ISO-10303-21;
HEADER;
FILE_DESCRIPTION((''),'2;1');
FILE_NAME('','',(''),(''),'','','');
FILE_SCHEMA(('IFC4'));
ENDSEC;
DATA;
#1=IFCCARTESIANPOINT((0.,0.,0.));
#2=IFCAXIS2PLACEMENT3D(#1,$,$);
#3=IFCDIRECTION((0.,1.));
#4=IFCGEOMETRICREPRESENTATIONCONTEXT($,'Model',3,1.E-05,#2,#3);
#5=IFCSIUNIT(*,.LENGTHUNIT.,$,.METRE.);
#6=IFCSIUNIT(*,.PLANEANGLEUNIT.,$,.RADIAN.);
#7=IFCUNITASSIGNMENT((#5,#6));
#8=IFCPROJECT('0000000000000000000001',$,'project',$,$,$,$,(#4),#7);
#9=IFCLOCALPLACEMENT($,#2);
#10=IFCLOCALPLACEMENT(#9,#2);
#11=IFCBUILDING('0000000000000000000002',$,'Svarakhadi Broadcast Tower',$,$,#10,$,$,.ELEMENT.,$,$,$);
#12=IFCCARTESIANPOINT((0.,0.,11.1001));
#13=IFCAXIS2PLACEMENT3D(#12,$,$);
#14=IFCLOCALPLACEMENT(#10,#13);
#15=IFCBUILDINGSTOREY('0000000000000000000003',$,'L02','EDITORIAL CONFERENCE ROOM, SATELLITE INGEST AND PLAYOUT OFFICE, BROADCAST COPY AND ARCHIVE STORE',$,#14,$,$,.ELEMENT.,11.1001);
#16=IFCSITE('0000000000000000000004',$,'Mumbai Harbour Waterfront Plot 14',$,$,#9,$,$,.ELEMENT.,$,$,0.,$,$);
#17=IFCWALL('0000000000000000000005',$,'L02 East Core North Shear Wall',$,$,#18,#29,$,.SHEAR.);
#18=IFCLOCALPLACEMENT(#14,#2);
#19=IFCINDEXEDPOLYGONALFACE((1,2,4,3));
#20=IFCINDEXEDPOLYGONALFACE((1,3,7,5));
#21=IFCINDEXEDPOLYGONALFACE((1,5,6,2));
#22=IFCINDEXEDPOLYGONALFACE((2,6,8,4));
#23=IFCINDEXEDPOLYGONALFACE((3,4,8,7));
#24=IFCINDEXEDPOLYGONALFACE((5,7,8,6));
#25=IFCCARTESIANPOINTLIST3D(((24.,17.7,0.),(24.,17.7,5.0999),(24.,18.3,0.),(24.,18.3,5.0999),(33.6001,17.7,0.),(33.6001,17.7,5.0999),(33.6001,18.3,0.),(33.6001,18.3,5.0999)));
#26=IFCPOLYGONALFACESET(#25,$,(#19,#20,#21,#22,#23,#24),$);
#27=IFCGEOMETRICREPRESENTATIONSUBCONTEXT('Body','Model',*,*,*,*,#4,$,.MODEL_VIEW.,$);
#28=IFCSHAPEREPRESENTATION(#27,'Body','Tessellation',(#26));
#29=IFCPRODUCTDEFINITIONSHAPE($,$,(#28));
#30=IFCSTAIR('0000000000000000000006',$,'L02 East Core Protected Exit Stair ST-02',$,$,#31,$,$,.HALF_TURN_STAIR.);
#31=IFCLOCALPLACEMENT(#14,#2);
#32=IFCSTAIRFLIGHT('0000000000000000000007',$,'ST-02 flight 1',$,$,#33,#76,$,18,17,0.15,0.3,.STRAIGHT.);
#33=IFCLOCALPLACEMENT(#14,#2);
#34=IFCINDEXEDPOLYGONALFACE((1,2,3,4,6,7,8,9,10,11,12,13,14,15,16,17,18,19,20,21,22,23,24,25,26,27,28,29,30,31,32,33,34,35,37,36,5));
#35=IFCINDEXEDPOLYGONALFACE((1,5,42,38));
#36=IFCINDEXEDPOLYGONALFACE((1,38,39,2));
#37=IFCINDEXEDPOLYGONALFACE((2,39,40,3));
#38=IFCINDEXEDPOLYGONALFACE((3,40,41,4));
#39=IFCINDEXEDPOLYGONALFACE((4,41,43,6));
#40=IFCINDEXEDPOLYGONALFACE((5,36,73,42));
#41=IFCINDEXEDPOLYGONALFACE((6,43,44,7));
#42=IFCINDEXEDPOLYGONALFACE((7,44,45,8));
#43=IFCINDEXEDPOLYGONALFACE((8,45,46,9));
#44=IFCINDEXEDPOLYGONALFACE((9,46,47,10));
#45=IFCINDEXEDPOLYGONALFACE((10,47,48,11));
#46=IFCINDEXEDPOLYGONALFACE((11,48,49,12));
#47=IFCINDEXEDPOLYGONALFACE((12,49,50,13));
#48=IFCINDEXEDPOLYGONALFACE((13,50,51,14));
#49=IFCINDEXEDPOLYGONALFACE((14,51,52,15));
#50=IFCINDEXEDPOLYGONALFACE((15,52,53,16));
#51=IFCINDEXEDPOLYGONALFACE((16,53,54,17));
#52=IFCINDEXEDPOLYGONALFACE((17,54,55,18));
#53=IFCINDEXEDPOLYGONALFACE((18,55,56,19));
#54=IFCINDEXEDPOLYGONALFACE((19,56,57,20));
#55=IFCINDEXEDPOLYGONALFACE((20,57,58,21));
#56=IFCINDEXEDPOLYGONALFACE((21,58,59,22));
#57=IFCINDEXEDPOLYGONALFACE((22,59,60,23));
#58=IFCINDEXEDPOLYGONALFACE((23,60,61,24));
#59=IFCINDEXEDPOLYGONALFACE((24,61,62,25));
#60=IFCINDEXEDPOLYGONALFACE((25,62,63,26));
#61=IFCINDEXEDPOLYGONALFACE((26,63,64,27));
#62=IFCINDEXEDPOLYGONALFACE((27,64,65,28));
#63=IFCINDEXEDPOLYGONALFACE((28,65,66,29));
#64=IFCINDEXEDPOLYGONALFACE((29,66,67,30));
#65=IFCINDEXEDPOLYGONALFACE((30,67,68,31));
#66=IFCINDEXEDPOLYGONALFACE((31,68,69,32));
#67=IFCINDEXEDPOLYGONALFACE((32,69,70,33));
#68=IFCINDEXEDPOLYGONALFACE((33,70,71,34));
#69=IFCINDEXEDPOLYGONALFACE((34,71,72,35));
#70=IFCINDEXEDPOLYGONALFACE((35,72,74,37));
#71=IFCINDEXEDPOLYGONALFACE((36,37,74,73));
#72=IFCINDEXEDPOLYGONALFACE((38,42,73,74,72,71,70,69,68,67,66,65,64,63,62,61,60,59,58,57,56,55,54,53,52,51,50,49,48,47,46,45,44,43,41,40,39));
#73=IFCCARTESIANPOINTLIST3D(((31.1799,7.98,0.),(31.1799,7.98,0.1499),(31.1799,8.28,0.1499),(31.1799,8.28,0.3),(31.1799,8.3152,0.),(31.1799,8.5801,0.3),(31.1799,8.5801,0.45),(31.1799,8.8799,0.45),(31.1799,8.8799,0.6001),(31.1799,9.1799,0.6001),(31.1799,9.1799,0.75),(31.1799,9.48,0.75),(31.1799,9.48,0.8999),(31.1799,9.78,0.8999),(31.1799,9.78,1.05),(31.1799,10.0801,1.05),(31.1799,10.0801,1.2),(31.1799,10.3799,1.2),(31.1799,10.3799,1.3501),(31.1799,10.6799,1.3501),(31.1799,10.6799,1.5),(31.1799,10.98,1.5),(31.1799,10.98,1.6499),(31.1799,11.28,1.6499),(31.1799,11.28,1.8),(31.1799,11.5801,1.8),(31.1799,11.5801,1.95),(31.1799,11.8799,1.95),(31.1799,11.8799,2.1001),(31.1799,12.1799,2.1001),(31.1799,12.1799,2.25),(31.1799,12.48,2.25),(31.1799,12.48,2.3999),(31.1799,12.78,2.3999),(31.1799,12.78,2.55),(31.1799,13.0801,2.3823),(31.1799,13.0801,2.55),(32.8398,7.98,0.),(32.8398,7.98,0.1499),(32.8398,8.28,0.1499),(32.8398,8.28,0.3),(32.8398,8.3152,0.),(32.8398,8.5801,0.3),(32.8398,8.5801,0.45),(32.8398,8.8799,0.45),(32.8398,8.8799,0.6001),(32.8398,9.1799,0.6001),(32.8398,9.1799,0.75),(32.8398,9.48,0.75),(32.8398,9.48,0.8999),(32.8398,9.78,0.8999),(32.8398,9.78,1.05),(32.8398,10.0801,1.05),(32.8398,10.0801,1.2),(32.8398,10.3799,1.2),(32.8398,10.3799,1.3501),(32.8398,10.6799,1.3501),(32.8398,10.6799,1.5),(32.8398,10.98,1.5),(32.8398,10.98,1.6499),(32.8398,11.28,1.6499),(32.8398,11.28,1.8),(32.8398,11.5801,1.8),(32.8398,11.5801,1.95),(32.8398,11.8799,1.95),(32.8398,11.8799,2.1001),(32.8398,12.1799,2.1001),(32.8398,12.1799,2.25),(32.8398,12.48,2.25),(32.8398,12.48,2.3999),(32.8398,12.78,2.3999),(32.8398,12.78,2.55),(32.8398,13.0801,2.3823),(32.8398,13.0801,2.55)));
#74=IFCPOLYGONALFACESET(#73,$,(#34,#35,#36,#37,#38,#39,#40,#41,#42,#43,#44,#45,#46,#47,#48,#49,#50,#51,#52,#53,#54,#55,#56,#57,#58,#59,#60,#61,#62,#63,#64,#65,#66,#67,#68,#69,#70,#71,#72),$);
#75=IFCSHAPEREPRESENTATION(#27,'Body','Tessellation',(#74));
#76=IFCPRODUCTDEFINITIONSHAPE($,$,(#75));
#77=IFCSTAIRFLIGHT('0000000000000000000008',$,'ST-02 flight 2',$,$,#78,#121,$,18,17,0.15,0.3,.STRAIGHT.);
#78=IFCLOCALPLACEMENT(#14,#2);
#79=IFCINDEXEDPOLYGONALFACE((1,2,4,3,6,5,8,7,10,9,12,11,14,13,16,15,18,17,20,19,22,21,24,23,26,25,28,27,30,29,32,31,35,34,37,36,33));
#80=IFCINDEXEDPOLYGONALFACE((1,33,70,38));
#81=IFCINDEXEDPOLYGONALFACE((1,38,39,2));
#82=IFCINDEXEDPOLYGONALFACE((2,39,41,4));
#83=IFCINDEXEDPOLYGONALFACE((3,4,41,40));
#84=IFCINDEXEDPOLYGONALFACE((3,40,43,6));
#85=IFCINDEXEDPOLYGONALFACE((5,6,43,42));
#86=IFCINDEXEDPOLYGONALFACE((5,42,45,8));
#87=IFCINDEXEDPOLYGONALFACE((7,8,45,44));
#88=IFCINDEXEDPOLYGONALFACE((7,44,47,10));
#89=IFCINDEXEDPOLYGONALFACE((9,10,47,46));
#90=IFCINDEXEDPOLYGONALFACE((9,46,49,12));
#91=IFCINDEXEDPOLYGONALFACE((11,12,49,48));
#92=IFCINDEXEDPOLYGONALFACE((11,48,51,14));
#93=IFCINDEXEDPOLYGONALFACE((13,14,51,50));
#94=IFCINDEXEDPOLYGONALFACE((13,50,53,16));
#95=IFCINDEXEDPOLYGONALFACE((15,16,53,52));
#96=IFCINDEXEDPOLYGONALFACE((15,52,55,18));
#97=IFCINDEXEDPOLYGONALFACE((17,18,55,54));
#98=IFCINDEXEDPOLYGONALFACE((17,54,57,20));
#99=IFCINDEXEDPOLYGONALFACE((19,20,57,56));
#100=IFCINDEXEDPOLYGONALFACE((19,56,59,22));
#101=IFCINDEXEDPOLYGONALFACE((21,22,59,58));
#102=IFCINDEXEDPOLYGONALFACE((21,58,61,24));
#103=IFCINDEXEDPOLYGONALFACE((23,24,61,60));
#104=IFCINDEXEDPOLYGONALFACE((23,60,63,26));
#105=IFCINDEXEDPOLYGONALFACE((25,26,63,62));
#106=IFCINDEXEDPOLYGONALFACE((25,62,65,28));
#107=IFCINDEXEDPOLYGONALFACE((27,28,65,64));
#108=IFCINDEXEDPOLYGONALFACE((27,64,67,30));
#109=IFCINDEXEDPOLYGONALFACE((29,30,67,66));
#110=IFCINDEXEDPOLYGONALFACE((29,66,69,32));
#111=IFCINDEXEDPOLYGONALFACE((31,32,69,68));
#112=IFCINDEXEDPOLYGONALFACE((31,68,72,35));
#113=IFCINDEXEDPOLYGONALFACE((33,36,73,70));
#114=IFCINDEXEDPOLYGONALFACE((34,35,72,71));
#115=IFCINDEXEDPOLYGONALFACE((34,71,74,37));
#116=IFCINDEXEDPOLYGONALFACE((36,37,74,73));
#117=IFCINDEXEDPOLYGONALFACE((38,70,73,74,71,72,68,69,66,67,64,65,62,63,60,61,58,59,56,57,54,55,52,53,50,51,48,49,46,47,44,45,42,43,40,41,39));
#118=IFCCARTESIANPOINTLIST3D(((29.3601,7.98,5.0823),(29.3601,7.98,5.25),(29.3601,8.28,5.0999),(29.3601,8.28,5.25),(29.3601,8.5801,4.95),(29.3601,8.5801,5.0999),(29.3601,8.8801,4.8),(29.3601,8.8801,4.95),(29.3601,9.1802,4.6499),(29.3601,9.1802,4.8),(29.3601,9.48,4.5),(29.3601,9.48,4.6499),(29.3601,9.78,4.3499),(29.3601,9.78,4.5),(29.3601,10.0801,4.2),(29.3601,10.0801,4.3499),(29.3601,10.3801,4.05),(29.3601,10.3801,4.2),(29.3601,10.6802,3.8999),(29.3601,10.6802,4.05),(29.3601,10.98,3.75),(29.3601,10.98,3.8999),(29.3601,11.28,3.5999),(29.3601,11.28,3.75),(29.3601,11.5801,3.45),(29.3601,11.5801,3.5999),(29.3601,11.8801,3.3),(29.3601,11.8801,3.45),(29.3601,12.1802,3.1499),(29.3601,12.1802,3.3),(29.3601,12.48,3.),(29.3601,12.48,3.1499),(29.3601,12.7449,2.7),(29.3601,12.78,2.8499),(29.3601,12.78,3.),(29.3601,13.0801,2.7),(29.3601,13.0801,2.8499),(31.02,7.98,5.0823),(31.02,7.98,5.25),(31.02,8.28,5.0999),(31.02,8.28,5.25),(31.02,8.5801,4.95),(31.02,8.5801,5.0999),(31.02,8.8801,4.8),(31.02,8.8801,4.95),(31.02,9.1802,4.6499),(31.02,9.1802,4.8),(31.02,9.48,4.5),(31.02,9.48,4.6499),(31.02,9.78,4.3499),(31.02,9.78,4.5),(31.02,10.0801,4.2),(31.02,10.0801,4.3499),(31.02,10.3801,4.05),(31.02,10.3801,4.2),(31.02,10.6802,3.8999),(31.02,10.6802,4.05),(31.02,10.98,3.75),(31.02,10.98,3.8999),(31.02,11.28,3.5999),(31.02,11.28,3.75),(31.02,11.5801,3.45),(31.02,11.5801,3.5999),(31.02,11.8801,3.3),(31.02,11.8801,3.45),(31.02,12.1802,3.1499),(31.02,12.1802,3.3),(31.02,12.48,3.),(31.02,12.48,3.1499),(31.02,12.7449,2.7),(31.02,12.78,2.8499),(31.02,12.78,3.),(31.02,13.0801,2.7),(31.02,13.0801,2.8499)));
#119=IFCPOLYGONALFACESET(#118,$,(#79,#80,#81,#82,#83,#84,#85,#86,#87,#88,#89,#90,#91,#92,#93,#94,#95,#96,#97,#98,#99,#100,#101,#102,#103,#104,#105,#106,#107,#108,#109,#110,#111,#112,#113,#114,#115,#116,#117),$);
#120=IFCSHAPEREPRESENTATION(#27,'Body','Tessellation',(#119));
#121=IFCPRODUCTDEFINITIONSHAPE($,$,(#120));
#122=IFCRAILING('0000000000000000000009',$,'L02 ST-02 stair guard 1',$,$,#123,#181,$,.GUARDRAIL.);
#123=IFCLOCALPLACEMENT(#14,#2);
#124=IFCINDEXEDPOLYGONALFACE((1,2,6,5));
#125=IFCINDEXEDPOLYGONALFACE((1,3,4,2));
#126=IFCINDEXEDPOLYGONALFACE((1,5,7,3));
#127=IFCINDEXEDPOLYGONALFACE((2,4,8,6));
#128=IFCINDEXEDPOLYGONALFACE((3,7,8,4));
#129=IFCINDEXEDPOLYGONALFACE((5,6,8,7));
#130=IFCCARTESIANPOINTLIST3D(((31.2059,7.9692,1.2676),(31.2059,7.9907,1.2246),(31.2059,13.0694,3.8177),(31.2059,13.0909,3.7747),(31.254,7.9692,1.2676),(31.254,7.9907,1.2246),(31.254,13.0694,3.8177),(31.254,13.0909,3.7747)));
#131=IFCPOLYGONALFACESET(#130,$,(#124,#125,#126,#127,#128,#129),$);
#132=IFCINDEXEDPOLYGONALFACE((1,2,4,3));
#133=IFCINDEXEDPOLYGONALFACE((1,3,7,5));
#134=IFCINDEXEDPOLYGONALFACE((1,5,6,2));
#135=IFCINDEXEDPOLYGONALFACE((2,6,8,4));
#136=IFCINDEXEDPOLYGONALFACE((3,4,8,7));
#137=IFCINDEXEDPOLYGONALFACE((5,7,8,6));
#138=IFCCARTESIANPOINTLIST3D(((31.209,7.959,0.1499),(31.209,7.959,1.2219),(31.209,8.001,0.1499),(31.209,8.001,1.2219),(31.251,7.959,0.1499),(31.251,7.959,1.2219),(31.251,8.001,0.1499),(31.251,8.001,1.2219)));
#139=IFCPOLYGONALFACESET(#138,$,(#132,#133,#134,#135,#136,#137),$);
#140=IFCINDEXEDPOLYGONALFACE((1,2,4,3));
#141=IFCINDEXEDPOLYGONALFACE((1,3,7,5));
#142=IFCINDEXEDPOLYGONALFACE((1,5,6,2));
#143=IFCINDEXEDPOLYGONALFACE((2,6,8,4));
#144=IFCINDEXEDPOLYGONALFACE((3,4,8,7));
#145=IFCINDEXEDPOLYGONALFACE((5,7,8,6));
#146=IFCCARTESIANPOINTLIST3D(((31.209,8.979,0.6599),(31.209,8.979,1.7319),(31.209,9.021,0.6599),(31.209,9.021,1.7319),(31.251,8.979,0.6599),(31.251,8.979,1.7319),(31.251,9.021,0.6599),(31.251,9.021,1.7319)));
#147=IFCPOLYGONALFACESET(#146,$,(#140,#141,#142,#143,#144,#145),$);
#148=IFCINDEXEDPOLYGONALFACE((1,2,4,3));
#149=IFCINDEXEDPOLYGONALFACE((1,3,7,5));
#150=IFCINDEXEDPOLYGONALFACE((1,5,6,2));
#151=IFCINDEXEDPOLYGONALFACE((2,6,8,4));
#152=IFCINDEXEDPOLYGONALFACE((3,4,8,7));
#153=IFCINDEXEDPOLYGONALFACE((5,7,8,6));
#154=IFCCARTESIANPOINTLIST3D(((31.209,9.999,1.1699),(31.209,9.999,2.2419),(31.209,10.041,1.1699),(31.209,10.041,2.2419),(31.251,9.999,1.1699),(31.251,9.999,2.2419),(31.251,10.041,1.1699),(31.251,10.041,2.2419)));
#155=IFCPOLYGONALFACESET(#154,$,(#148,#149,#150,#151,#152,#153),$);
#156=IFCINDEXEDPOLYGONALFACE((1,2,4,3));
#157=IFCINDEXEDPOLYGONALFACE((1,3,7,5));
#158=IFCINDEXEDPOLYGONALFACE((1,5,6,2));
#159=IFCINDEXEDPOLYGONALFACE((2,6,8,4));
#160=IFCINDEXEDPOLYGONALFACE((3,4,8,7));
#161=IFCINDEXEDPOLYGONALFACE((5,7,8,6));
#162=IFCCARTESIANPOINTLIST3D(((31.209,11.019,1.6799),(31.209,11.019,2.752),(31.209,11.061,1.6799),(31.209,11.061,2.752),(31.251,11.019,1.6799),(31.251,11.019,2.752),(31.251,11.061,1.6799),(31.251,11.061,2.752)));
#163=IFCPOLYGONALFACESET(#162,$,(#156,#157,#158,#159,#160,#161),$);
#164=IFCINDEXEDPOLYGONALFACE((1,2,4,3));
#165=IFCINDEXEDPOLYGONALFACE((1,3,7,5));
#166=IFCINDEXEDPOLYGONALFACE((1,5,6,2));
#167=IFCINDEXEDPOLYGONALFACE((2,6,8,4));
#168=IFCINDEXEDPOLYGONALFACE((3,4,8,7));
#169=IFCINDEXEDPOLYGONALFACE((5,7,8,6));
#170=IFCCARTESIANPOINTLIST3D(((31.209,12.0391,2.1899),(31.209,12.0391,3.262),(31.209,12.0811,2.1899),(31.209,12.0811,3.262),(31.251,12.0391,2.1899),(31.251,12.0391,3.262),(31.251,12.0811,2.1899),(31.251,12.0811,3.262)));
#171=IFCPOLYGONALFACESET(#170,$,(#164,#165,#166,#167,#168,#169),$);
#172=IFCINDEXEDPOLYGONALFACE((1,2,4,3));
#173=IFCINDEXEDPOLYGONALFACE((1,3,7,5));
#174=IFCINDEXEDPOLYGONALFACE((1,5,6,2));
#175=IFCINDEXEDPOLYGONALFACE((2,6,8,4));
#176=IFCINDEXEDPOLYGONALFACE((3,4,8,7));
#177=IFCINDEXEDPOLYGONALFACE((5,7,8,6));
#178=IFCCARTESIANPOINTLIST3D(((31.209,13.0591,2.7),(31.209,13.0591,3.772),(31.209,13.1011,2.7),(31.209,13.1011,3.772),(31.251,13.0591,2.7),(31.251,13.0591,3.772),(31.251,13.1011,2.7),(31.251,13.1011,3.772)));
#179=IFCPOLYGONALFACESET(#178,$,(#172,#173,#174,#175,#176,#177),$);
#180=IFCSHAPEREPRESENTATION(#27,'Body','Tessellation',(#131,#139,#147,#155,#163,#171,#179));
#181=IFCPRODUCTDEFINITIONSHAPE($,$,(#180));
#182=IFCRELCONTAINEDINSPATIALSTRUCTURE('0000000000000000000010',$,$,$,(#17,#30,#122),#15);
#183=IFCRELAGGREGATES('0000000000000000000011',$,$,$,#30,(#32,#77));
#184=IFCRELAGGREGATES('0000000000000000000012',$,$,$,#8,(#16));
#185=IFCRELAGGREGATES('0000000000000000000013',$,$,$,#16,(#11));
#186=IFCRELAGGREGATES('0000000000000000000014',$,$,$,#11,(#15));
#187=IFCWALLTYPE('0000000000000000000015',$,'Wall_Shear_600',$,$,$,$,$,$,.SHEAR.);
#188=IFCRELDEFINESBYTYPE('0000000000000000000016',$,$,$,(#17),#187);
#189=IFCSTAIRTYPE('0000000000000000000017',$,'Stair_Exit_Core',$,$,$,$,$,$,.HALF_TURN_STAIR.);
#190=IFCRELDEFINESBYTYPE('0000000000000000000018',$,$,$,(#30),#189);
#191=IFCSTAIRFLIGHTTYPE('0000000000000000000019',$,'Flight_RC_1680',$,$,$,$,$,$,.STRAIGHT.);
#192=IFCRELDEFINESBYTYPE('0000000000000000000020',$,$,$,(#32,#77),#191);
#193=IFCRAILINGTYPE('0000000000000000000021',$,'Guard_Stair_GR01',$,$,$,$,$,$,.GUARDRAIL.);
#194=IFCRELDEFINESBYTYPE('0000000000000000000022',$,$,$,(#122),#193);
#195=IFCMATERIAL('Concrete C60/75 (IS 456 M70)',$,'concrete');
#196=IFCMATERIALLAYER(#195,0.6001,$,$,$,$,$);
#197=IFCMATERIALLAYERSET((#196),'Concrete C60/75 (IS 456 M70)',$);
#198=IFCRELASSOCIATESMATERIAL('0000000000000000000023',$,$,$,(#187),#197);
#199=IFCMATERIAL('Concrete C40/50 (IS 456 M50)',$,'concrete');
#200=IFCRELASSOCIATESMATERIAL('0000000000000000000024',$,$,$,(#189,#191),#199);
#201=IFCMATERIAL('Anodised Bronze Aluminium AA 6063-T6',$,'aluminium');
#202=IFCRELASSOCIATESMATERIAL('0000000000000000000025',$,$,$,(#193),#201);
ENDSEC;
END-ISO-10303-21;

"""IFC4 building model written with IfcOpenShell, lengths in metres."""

from ifc_helpers import new_model, si_unit, direction, frame, frame_2d, origin, origin_2d, place, context, subcontext, project, spatial, polyline, rectangle, outline, extrude, material, layer, layer_set, type_object, element, aggregate, save


model = new_model("IFC4")

# Units and contexts
model_context = context("Model", 3, precision=1e-05, world=origin(), true_north=direction((0.0, 1.0)))
body_context = subcontext(model_context, "Body", "Model", "MODEL_VIEW")
ifc_project = project(units=[si_unit("LENGTHUNIT", "METRE"), si_unit("PLANEANGLEUNIT", "RADIAN")], contexts=[model_context])

# Site, building, storey
site_placement = place(None, origin())
site = spatial("IfcSite", under=ifc_project, at=site_placement, Name="Mumbai Harbour Waterfront Plot 14", CompositionType="ELEMENT", RefElevation=0.0)
building_placement = place(site_placement, origin())
building = spatial("IfcBuilding", under=site, at=building_placement, Name="Svarakhadi Broadcast Tower", CompositionType="ELEMENT")
storey_placement = place(building_placement, frame((0.0, 0.0, 11.1001)))
storey = spatial("IfcBuildingStorey", under=building, at=storey_placement, Name="L02", Description="EDITORIAL CONFERENCE ROOM, SATELLITE INGEST AND PLAYOUT OFFICE, BROADCAST COPY AND ARCHIVE STORE", CompositionType="ELEMENT", Elevation=11.1001)

# Shared definitions
ifc_material_1 = material(Name="Concrete C60/75 (IS 456 M70)", Category="concrete")

# Shared definitions
ifc_material_2 = material(Name="Concrete C40/50 (IS 456 M50)", Category="concrete")

# Wall
ifc_layer_1 = layer(ifc_material_1, 0.6001)
ifc_layer_set_1 = layer_set([ifc_layer_1], Name="Concrete C60/75 (IS 456 M70)")
wall_type_1 = type_object("IfcWallType", Name="Wall_Shear_600", PredefinedType="SHEAR", material=ifc_layer_set_1)
wall_1_placement = place(storey_placement, frame((24.0, 18.0, 0.0), z_axis=(0.0, 0.0, 1.0), x_axis=(1.0, 0.0, 0.0)))
element("IfcWall", 1, at=wall_1_placement, inside=storey, type_object=wall_type_1, Name="L02 East Core North Shear Wall", PredefinedType="SHEAR", context=body_context, shape_type="SweptSolid", body=[
    extrude(rectangle(XDim=9.6001, YDim=0.6001, at=frame_2d((4.8, 0.0))), origin(), (0.0, 0.0, 1.0), 5.0999),
])

# Stair, stair flights
stair_type = type_object("IfcStairType", Name="Stair_Exit_Core", PredefinedType="HALF_TURN_STAIR", material=ifc_material_2)
stair_placement = place(storey_placement, origin())
stair = element("IfcStair", 2, at=stair_placement, inside=storey, type_object=stair_type, Name="L02 East Core Protected Exit Stair ST-02", PredefinedType="HALF_TURN_STAIR")
stair_flight_type = type_object("IfcStairFlightType", Name="Flight_RC_1680", PredefinedType="STRAIGHT", material=ifc_material_2)
stair_flight_1_placement = place(storey_placement, frame((32.01, 7.98, 0.0), z_axis=(0.0, 0.0, 1.0), x_axis=(0.0, 1.0, 0.0)))
stair_flight_1 = element("IfcStairFlight", 3, at=stair_flight_1_placement, type_object=stair_flight_type, Name="ST-02 flight 1", NumberOfRisers=18, NumberOfTreads=17, PredefinedType="STRAIGHT", RiserHeight=0.15, TreadLength=0.3, context=body_context, shape_type="SweptSolid", body=[
    extrude(outline(polyline([(0.0, 0.0), (0.0, 0.1499), (0.3, 0.1499), (0.3, 0.3), (0.6001, 0.3), (0.6001, 0.45), (0.8999, 0.45), (0.8999, 0.6001), (1.2, 0.6001), (1.2, 0.75), (1.5, 0.75), (1.5, 0.8999), (1.8, 0.8999), (1.8, 1.05), (2.1001, 1.05), (2.1001, 1.2), (2.3999, 1.2), (2.3999, 1.3501), (2.7, 1.3501), (2.7, 1.5), (3.0, 1.5), (3.0, 1.6499), (3.3, 1.6499), (3.3, 1.8), (3.6001, 1.8), (3.6001, 1.95), (3.8999, 1.95), (3.8999, 2.1001), (4.2, 2.1001), (4.2, 2.25), (4.5, 2.25), (4.5, 2.3999), (4.8, 2.3999), (4.8, 2.55), (5.1001, 2.55), (5.1001, 2.7), (5.1001, 2.3823), (0.3352, 0.0), (0.0, 0.0)])), frame((0.0, 0.8301, 0.0), z_axis=(0.0, -1.0, 0.0), x_axis=(1.0, 0.0, 0.0)), (0.0, 0.0, 1.0), 1.6599),
])
stair_flight_2_placement = place(storey_placement, frame((30.1899, 13.0801, 2.7), z_axis=(0.0, 0.0, 1.0), x_axis=(0.0, -1.0, 0.0)))
stair_flight_2 = element("IfcStairFlight", 4, at=stair_flight_2_placement, type_object=stair_flight_type, Name="ST-02 flight 2", NumberOfRisers=18, NumberOfTreads=17, PredefinedType="STRAIGHT", RiserHeight=0.15, TreadLength=0.3, context=body_context, shape_type="SweptSolid", body=[
    extrude(outline(polyline([(0.0, 0.0), (0.0, 0.1499), (0.3, 0.1499), (0.3, 0.3), (0.6001, 0.3), (0.6001, 0.45), (0.8999, 0.45), (0.8999, 0.6001), (1.2, 0.6001), (1.2, 0.75), (1.5, 0.75), (1.5, 0.8999), (1.8, 0.8999), (1.8, 1.05), (2.1001, 1.05), (2.1001, 1.2), (2.3999, 1.2), (2.3999, 1.3501), (2.7, 1.3501), (2.7, 1.5), (3.0, 1.5), (3.0, 1.6499), (3.3, 1.6499), (3.3, 1.8), (3.6001, 1.8), (3.6001, 1.95), (3.8999, 1.95), (3.8999, 2.1001), (4.2, 2.1001), (4.2, 2.25), (4.5, 2.25), (4.5, 2.3999), (4.8, 2.3999), (4.8, 2.55), (5.1001, 2.55), (5.1001, 2.7), (5.1001, 2.3823), (0.3352, 0.0), (0.0, 0.0)])), frame((0.0, 0.8301, 0.0), z_axis=(0.0, -1.0, 0.0), x_axis=(1.0, 0.0, 0.0)), (0.0, 0.0, 1.0), 1.6599),
])
aggregate(stair, [stair_flight_1, stair_flight_2])

# Railing
ifc_material_3 = material(Name="Anodised Bronze Aluminium AA 6063-T6", Category="aluminium")
railing_type_1 = type_object("IfcRailingType", Name="Guard_Stair_GR01", PredefinedType="GUARDRAIL", material=ifc_material_3)
railing_1_placement = place(storey_placement, frame((31.23, 7.98, 0.1499)))
element("IfcRailing", 5, at=railing_1_placement, inside=storey, type_object=railing_type_1, Name="L02 ST-02 stair guard 1", PredefinedType="GUARDRAIL", context=body_context, shape_type="SweptSolid", body=[
    extrude(rectangle(XDim=0.0481, YDim=0.0481, at=origin_2d()), frame((0.0, 0.0, 1.0962), z_axis=(0.0, 0.894427, 0.447214), x_axis=(-1.0, 0.0, 0.0)), (0.0, 0.0, 1.0), 5.7021),
    extrude(rectangle(XDim=0.042, YDim=0.042, at=origin_2d()), origin(), (0.0, 0.0, 1.0), 1.072),
    extrude(rectangle(XDim=0.042, YDim=0.042, at=origin_2d()), frame((0.0, 1.02, 0.51)), (0.0, 0.0, 1.0), 1.072),
    extrude(rectangle(XDim=0.042, YDim=0.042, at=origin_2d()), frame((0.0, 2.04, 1.02)), (0.0, 0.0, 1.0), 1.072),
    extrude(rectangle(XDim=0.042, YDim=0.042, at=origin_2d()), frame((0.0, 3.0601, 1.53)), (0.0, 0.0, 1.0), 1.072),
    extrude(rectangle(XDim=0.042, YDim=0.042, at=origin_2d()), frame((0.0, 4.0801, 2.04)), (0.0, 0.0, 1.0), 1.072),
    extrude(rectangle(XDim=0.042, YDim=0.042, at=origin_2d()), frame((0.0, 5.1001, 2.55)), (0.0, 0.0, 1.0), 1.072),
])

save(model, "model.ifc")
